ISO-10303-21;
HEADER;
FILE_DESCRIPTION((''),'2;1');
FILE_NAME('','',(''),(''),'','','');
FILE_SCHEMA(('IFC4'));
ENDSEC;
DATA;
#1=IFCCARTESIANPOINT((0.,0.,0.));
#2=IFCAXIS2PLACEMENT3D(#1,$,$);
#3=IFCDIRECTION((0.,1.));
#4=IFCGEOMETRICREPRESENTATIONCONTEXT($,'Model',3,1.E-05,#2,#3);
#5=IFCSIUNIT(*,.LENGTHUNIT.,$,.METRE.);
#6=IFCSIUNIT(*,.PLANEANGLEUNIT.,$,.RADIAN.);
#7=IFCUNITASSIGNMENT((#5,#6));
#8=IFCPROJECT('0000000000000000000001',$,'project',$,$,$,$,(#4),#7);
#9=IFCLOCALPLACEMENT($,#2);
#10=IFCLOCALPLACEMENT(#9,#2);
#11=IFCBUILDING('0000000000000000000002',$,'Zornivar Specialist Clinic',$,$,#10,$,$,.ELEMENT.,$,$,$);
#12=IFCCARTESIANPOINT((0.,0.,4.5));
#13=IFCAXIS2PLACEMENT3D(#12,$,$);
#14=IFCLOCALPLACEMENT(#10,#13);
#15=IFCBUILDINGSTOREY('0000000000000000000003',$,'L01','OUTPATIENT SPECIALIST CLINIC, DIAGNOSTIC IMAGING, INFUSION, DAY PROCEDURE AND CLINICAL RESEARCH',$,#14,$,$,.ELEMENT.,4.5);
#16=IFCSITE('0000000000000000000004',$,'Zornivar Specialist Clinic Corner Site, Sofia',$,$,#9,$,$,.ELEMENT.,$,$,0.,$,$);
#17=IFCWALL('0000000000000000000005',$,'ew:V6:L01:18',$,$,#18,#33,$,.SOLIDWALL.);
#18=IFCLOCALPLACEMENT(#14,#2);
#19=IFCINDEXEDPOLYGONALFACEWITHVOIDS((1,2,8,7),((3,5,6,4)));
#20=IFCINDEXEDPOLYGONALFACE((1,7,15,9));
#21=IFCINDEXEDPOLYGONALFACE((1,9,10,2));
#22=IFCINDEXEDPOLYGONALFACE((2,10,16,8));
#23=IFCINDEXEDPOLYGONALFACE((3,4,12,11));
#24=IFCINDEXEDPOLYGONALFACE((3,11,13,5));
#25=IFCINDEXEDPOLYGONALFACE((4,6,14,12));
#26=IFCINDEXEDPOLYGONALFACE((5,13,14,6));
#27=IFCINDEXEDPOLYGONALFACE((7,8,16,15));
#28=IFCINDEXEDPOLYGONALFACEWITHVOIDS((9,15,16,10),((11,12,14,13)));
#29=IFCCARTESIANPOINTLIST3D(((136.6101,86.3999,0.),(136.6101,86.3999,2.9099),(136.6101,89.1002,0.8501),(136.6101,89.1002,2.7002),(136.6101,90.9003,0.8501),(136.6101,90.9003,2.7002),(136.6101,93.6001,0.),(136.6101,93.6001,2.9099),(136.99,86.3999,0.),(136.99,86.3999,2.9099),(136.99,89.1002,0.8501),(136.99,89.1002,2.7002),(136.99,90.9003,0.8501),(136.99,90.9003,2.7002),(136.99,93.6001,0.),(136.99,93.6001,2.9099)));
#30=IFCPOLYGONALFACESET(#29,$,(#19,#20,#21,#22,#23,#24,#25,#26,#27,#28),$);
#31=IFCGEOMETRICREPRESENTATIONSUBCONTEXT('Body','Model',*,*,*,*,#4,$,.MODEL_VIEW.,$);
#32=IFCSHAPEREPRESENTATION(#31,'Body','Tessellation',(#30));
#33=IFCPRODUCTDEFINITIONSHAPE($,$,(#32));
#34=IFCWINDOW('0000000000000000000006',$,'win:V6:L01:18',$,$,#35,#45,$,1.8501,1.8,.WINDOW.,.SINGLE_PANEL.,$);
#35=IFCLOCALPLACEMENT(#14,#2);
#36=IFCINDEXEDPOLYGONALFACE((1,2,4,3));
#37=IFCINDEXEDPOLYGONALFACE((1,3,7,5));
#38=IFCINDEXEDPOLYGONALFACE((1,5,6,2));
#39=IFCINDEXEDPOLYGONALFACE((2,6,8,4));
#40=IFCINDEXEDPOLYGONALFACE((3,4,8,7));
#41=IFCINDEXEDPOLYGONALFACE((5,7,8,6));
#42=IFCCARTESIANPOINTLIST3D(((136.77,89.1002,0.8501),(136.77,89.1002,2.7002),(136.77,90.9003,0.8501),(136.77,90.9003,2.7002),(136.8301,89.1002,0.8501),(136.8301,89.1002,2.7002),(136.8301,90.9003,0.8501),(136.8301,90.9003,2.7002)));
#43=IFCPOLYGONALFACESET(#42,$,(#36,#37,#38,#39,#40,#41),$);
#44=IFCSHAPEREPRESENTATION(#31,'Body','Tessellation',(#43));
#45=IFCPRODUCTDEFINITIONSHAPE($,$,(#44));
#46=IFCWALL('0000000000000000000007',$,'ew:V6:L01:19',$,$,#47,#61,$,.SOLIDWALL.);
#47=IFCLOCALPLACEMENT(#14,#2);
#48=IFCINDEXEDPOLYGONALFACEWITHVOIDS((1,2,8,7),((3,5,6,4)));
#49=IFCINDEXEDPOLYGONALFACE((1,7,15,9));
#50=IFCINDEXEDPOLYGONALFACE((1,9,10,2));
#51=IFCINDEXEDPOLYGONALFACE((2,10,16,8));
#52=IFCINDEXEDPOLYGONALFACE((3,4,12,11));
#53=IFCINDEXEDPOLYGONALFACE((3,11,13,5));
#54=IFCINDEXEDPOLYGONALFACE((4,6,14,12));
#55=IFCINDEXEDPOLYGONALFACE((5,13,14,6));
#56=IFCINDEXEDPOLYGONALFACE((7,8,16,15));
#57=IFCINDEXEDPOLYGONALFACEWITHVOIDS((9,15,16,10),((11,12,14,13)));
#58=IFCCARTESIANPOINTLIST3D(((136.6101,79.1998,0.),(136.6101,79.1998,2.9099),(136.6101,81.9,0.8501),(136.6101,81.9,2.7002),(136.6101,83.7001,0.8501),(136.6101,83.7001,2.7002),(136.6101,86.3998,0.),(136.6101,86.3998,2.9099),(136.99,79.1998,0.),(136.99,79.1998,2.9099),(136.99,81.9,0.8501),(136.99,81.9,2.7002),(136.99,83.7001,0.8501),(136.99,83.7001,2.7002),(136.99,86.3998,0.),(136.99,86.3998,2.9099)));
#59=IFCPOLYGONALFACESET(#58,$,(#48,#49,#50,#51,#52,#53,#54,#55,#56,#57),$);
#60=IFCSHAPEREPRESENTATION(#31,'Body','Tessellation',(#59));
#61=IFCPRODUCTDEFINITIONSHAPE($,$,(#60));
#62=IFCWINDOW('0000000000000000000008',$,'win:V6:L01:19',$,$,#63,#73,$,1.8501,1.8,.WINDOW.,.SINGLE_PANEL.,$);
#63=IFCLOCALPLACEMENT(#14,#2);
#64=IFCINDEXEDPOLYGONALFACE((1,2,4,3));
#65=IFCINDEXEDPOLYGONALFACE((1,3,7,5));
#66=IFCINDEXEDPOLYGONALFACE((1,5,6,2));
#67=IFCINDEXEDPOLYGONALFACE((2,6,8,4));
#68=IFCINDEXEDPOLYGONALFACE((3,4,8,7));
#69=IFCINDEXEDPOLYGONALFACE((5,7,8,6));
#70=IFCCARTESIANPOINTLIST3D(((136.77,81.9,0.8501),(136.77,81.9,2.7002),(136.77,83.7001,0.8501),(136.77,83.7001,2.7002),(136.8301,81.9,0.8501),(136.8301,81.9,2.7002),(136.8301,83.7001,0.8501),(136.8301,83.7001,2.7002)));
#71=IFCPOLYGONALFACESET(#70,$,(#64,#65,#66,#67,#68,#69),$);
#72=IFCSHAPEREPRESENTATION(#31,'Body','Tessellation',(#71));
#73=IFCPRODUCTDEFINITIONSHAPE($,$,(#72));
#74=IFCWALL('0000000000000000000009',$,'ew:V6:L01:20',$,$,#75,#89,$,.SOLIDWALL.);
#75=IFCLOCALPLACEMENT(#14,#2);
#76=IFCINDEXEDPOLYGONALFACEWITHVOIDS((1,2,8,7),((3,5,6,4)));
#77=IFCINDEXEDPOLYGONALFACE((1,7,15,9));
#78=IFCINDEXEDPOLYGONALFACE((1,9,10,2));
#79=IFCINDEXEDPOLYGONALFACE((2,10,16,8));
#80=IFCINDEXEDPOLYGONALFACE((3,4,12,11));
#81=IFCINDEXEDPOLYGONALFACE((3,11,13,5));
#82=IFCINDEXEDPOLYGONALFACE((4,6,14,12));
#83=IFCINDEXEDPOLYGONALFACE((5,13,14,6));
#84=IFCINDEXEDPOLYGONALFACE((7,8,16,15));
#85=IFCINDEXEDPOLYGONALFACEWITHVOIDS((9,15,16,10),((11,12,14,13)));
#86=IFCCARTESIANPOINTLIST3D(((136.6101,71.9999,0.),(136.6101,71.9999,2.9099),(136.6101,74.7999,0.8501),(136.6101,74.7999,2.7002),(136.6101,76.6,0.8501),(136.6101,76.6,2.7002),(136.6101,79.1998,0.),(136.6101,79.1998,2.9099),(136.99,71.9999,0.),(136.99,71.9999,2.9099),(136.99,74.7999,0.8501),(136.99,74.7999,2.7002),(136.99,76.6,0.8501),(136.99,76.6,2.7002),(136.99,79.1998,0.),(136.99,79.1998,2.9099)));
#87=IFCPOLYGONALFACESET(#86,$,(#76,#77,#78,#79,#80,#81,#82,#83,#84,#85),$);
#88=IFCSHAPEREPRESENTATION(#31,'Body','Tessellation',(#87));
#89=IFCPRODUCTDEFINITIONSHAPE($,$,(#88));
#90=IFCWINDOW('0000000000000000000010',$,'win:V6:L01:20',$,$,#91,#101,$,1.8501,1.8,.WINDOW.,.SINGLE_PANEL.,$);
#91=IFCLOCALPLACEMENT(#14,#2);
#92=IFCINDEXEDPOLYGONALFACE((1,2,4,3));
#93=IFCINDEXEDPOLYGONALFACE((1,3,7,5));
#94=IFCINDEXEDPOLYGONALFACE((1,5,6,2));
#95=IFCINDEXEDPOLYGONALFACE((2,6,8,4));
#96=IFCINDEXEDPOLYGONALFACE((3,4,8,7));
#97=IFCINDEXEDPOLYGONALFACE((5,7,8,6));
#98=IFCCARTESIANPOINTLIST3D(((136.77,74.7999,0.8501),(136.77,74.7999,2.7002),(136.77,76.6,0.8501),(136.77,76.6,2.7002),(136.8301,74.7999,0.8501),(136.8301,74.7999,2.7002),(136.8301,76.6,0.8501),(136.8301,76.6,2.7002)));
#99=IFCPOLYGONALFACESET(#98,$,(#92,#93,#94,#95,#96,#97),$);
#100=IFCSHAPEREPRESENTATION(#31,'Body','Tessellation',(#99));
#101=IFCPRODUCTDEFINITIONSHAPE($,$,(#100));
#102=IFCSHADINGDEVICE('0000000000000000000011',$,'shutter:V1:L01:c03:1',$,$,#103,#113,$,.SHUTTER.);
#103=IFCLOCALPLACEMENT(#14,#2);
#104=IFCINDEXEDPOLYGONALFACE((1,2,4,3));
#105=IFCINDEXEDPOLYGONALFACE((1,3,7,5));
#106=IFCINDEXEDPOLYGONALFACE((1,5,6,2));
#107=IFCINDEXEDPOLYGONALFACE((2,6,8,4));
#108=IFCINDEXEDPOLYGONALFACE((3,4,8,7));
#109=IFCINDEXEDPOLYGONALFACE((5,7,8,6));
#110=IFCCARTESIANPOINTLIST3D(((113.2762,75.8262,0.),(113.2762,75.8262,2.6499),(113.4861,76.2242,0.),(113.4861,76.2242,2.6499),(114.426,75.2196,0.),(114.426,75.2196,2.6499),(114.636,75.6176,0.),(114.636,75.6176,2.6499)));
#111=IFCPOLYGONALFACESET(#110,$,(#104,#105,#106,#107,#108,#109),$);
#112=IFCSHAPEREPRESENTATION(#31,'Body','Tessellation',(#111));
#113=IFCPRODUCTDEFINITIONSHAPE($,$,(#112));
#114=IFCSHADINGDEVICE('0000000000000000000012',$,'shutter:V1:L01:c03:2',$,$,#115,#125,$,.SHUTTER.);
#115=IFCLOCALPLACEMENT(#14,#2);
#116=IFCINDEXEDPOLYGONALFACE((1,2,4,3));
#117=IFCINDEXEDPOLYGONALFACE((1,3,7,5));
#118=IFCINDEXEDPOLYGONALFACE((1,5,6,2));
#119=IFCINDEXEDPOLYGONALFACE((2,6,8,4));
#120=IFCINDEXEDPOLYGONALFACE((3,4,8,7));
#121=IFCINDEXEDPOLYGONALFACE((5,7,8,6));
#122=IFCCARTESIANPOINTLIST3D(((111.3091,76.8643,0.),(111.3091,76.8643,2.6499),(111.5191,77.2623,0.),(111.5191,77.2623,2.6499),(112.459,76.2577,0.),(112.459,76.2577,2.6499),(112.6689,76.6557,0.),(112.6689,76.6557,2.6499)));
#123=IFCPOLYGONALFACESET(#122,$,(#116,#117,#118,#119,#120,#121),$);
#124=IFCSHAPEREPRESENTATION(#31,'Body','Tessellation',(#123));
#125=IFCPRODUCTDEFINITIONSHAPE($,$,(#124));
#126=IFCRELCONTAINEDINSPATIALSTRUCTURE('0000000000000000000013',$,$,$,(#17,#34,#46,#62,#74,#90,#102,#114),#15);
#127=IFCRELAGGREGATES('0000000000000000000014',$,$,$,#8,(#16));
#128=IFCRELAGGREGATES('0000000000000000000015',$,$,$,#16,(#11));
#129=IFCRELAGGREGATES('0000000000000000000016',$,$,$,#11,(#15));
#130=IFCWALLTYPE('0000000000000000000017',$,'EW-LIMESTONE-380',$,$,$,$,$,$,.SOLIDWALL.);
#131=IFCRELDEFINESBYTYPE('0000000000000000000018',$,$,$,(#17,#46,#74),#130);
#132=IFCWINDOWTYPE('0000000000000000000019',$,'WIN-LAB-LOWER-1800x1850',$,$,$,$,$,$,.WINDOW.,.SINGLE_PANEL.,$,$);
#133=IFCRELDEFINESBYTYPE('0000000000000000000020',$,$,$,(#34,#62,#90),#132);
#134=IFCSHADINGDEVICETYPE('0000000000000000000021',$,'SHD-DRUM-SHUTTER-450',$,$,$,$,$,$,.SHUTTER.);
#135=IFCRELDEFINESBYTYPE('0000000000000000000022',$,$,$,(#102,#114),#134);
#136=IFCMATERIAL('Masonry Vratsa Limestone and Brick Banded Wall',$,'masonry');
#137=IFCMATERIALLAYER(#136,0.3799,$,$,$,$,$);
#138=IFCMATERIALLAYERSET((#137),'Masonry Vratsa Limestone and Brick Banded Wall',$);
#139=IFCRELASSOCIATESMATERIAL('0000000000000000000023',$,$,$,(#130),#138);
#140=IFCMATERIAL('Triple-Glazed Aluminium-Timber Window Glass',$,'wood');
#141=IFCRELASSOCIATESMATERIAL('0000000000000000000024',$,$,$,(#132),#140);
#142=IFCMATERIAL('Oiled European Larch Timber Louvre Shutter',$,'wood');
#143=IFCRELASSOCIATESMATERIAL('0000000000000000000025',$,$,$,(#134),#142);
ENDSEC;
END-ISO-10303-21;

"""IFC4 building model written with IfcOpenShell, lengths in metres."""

from ifc_helpers import new_model, si_unit, direction, frame, frame_2d, origin, origin_2d, place, context, subcontext, project, spatial, rectangle, extrude, material, layer, layer_set, type_object, element, fill, save


model = new_model("IFC4")

# Units and contexts
model_context = context("Model", 3, precision=1e-05, world=origin(), true_north=direction((0.0, 1.0)))
body_context = subcontext(model_context, "Body", "Model", "MODEL_VIEW")
ifc_project = project(units=[si_unit("LENGTHUNIT", "METRE"), si_unit("PLANEANGLEUNIT", "RADIAN")], contexts=[model_context])

# Site, building, storey
site_placement = place(None, origin())
site = spatial("IfcSite", under=ifc_project, at=site_placement, Name="Zornivar Specialist Clinic Corner Site, Sofia", CompositionType="ELEMENT", RefElevation=0.0)
building_placement = place(site_placement, origin())
building = spatial("IfcBuilding", under=site, at=building_placement, Name="Zornivar Specialist Clinic", CompositionType="ELEMENT")
storey_placement = place(building_placement, frame((0.0, 0.0, 4.5)))
storey = spatial("IfcBuildingStorey", under=building, at=storey_placement, Name="L01", Description="OUTPATIENT SPECIALIST CLINIC, DIAGNOSTIC IMAGING, INFUSION, DAY PROCEDURE AND CLINICAL RESEARCH", CompositionType="ELEMENT", Elevation=4.5)

# Walls, openings, windows
ifc_material_1 = material(Name="Masonry Vratsa Limestone and Brick Banded Wall", Category="masonry")
ifc_layer_1 = layer(ifc_material_1, 0.3799)
ifc_layer_set_1 = layer_set([ifc_layer_1], Name="Masonry Vratsa Limestone and Brick Banded Wall")
wall_type = type_object("IfcWallType", Name="EW-LIMESTONE-380", PredefinedType="SOLIDWALL", material=ifc_layer_set_1)
ifc_material_2 = material(Name="Triple-Glazed Aluminium-Timber Window Glass", Category="wood")
window_type = type_object("IfcWindowType", Name="WIN-LAB-LOWER-1800x1850", PartitioningType="SINGLE_PANEL", PredefinedType="WINDOW", material=ifc_material_2)
wall_1_placement = place(storey_placement, frame((136.8, 93.6001, 0.0), z_axis=(0.0, 0.0, 1.0), x_axis=(0.0, -1.0, 0.0)))
wall_1 = element("IfcWall", 1, at=wall_1_placement, inside=storey, type_object=wall_type, Name="ew:V6:L01:18", PredefinedType="SOLIDWALL", context=body_context, shape_type="SweptSolid", body=[
    extrude(rectangle(XDim=7.2002, YDim=0.3799, at=frame_2d((3.6001, 0.0))), origin(), (0.0, 0.0, 1.0), 2.9099),
])
opening_1_placement = place(wall_1_placement, frame((2.7, 0.0, 0.8501)))
opening_1 = element("IfcOpeningElement", 2, at=opening_1_placement, cuts=wall_1, PredefinedType="OPENING", context=body_context, shape_type="SweptSolid", body=[
    extrude(rectangle(XDim=1.8, YDim=1.8501, at=frame_2d((0.8999, 0.925))), frame((0.0, 0.2, 0.0), z_axis=(0.0, -1.0, 0.0), x_axis=(1.0, 0.0, 0.0)), (0.0, 0.0, 1.0), 0.3999),
])
window_1_placement = place(opening_1_placement, origin())
window_1 = element("IfcWindow", 3, at=window_1_placement, inside=storey, type_object=window_type, Name="win:V6:L01:18", OverallHeight=1.8501, OverallWidth=1.8, PartitioningType="SINGLE_PANEL", PredefinedType="WINDOW", context=body_context, shape_type="SweptSolid", body=[
    extrude(rectangle(XDim=1.8, YDim=1.8501, at=frame_2d((0.8999, 0.925))), frame((0.0, 0.03, 0.0), z_axis=(0.0, -1.0, 0.0), x_axis=(1.0, 0.0, 0.0)), (0.0, 0.0, 1.0), 0.0601),
])
fill(opening_1, window_1)
wall_2_placement = place(storey_placement, frame((136.8, 86.3999, 0.0), z_axis=(0.0, 0.0, 1.0), x_axis=(0.0, -1.0, 0.0)))
wall_2 = element("IfcWall", 4, at=wall_2_placement, inside=storey, type_object=wall_type, Name="ew:V6:L01:19", PredefinedType="SOLIDWALL", context=body_context, shape_type="SweptSolid", body=[
    extrude(rectangle(XDim=7.2, YDim=0.3799, at=frame_2d((3.6001, 0.0))), origin(), (0.0, 0.0, 1.0), 2.9099),
])
opening_2_placement = place(wall_2_placement, frame((2.7, 0.0, 0.8501)))
opening_2 = element("IfcOpeningElement", 5, at=opening_2_placement, cuts=wall_2, PredefinedType="OPENING", context=body_context, shape_type="SweptSolid", body=[
    extrude(rectangle(XDim=1.8, YDim=1.8501, at=frame_2d((0.8999, 0.925))), frame((0.0, 0.2, 0.0), z_axis=(0.0, -1.0, 0.0), x_axis=(1.0, 0.0, 0.0)), (0.0, 0.0, 1.0), 0.3999),
])
window_2_placement = place(opening_2_placement, origin())
window_2 = element("IfcWindow", 6, at=window_2_placement, inside=storey, type_object=window_type, Name="win:V6:L01:19", OverallHeight=1.8501, OverallWidth=1.8, PartitioningType="SINGLE_PANEL", PredefinedType="WINDOW", context=body_context, shape_type="SweptSolid", body=[
    extrude(rectangle(XDim=1.8, YDim=1.8501, at=frame_2d((0.8999, 0.925))), frame((0.0, 0.03, 0.0), z_axis=(0.0, -1.0, 0.0), x_axis=(1.0, 0.0, 0.0)), (0.0, 0.0, 1.0), 0.0601),
])
fill(opening_2, window_2)
wall_3_placement = place(storey_placement, frame((136.8, 79.2, 0.0), z_axis=(0.0, 0.0, 1.0), x_axis=(0.0, -1.0, 0.0)))
wall_3 = element("IfcWall", 7, at=wall_3_placement, inside=storey, type_object=wall_type, Name="ew:V6:L01:20", PredefinedType="SOLIDWALL", context=body_context, shape_type="SweptSolid", body=[
    extrude(rectangle(XDim=7.2, YDim=0.3799, at=frame_2d((3.6001, 0.0))), origin(), (0.0, 0.0, 1.0), 2.9099),
])
opening_3_placement = place(wall_3_placement, frame((2.6001, 0.0, 0.8501)))
opening_3 = element("IfcOpeningElement", 8, at=opening_3_placement, cuts=wall_3, PredefinedType="OPENING", context=body_context, shape_type="SweptSolid", body=[
    extrude(rectangle(XDim=1.8, YDim=1.8501, at=frame_2d((0.8999, 0.925))), frame((0.0, 0.2, 0.0), z_axis=(0.0, -1.0, 0.0), x_axis=(1.0, 0.0, 0.0)), (0.0, 0.0, 1.0), 0.3999),
])
window_3_placement = place(opening_3_placement, origin())
window_3 = element("IfcWindow", 9, at=window_3_placement, inside=storey, type_object=window_type, Name="win:V6:L01:20", OverallHeight=1.8501, OverallWidth=1.8, PartitioningType="SINGLE_PANEL", PredefinedType="WINDOW", context=body_context, shape_type="SweptSolid", body=[
    extrude(rectangle(XDim=1.8, YDim=1.8501, at=frame_2d((0.8999, 0.925))), frame((0.0, 0.03, 0.0), z_axis=(0.0, -1.0, 0.0), x_axis=(1.0, 0.0, 0.0)), (0.0, 0.0, 1.0), 0.0601),
])
fill(opening_3, window_3)

# Shading devices
ifc_material_3 = material(Name="Oiled European Larch Timber Louvre Shutter", Category="wood")
shading_device_type = type_object("IfcShadingDeviceType", Name="SHD-DRUM-SHUTTER-450", PredefinedType="SHUTTER", material=ifc_material_3)
for number, where, z_axis, x_axis, name in (
    (10, (113.9561, 75.7219, 0.0), (0.0, 0.0, 1.0), (-0.88447, 0.466597, 0.0), "shutter:V1:L01:c03:1"),
    (11, (111.989, 76.76, 0.0), (0.0, 0.0, 1.0), (-0.88447, 0.466597, 0.0), "shutter:V1:L01:c03:2"),
):
    element("IfcShadingDevice", number, at=place(storey_placement, frame(where, z_axis=z_axis, x_axis=x_axis)), inside=storey, type_object=shading_device_type, Name=name, PredefinedType="SHUTTER", context=body_context, shape_type="SweptSolid", body=[
        extrude(rectangle(XDim=1.3, YDim=0.45, at=origin_2d()), origin(), (0.0, 0.0, 1.0), 2.6499),
    ])

save(model, "model.ifc")
